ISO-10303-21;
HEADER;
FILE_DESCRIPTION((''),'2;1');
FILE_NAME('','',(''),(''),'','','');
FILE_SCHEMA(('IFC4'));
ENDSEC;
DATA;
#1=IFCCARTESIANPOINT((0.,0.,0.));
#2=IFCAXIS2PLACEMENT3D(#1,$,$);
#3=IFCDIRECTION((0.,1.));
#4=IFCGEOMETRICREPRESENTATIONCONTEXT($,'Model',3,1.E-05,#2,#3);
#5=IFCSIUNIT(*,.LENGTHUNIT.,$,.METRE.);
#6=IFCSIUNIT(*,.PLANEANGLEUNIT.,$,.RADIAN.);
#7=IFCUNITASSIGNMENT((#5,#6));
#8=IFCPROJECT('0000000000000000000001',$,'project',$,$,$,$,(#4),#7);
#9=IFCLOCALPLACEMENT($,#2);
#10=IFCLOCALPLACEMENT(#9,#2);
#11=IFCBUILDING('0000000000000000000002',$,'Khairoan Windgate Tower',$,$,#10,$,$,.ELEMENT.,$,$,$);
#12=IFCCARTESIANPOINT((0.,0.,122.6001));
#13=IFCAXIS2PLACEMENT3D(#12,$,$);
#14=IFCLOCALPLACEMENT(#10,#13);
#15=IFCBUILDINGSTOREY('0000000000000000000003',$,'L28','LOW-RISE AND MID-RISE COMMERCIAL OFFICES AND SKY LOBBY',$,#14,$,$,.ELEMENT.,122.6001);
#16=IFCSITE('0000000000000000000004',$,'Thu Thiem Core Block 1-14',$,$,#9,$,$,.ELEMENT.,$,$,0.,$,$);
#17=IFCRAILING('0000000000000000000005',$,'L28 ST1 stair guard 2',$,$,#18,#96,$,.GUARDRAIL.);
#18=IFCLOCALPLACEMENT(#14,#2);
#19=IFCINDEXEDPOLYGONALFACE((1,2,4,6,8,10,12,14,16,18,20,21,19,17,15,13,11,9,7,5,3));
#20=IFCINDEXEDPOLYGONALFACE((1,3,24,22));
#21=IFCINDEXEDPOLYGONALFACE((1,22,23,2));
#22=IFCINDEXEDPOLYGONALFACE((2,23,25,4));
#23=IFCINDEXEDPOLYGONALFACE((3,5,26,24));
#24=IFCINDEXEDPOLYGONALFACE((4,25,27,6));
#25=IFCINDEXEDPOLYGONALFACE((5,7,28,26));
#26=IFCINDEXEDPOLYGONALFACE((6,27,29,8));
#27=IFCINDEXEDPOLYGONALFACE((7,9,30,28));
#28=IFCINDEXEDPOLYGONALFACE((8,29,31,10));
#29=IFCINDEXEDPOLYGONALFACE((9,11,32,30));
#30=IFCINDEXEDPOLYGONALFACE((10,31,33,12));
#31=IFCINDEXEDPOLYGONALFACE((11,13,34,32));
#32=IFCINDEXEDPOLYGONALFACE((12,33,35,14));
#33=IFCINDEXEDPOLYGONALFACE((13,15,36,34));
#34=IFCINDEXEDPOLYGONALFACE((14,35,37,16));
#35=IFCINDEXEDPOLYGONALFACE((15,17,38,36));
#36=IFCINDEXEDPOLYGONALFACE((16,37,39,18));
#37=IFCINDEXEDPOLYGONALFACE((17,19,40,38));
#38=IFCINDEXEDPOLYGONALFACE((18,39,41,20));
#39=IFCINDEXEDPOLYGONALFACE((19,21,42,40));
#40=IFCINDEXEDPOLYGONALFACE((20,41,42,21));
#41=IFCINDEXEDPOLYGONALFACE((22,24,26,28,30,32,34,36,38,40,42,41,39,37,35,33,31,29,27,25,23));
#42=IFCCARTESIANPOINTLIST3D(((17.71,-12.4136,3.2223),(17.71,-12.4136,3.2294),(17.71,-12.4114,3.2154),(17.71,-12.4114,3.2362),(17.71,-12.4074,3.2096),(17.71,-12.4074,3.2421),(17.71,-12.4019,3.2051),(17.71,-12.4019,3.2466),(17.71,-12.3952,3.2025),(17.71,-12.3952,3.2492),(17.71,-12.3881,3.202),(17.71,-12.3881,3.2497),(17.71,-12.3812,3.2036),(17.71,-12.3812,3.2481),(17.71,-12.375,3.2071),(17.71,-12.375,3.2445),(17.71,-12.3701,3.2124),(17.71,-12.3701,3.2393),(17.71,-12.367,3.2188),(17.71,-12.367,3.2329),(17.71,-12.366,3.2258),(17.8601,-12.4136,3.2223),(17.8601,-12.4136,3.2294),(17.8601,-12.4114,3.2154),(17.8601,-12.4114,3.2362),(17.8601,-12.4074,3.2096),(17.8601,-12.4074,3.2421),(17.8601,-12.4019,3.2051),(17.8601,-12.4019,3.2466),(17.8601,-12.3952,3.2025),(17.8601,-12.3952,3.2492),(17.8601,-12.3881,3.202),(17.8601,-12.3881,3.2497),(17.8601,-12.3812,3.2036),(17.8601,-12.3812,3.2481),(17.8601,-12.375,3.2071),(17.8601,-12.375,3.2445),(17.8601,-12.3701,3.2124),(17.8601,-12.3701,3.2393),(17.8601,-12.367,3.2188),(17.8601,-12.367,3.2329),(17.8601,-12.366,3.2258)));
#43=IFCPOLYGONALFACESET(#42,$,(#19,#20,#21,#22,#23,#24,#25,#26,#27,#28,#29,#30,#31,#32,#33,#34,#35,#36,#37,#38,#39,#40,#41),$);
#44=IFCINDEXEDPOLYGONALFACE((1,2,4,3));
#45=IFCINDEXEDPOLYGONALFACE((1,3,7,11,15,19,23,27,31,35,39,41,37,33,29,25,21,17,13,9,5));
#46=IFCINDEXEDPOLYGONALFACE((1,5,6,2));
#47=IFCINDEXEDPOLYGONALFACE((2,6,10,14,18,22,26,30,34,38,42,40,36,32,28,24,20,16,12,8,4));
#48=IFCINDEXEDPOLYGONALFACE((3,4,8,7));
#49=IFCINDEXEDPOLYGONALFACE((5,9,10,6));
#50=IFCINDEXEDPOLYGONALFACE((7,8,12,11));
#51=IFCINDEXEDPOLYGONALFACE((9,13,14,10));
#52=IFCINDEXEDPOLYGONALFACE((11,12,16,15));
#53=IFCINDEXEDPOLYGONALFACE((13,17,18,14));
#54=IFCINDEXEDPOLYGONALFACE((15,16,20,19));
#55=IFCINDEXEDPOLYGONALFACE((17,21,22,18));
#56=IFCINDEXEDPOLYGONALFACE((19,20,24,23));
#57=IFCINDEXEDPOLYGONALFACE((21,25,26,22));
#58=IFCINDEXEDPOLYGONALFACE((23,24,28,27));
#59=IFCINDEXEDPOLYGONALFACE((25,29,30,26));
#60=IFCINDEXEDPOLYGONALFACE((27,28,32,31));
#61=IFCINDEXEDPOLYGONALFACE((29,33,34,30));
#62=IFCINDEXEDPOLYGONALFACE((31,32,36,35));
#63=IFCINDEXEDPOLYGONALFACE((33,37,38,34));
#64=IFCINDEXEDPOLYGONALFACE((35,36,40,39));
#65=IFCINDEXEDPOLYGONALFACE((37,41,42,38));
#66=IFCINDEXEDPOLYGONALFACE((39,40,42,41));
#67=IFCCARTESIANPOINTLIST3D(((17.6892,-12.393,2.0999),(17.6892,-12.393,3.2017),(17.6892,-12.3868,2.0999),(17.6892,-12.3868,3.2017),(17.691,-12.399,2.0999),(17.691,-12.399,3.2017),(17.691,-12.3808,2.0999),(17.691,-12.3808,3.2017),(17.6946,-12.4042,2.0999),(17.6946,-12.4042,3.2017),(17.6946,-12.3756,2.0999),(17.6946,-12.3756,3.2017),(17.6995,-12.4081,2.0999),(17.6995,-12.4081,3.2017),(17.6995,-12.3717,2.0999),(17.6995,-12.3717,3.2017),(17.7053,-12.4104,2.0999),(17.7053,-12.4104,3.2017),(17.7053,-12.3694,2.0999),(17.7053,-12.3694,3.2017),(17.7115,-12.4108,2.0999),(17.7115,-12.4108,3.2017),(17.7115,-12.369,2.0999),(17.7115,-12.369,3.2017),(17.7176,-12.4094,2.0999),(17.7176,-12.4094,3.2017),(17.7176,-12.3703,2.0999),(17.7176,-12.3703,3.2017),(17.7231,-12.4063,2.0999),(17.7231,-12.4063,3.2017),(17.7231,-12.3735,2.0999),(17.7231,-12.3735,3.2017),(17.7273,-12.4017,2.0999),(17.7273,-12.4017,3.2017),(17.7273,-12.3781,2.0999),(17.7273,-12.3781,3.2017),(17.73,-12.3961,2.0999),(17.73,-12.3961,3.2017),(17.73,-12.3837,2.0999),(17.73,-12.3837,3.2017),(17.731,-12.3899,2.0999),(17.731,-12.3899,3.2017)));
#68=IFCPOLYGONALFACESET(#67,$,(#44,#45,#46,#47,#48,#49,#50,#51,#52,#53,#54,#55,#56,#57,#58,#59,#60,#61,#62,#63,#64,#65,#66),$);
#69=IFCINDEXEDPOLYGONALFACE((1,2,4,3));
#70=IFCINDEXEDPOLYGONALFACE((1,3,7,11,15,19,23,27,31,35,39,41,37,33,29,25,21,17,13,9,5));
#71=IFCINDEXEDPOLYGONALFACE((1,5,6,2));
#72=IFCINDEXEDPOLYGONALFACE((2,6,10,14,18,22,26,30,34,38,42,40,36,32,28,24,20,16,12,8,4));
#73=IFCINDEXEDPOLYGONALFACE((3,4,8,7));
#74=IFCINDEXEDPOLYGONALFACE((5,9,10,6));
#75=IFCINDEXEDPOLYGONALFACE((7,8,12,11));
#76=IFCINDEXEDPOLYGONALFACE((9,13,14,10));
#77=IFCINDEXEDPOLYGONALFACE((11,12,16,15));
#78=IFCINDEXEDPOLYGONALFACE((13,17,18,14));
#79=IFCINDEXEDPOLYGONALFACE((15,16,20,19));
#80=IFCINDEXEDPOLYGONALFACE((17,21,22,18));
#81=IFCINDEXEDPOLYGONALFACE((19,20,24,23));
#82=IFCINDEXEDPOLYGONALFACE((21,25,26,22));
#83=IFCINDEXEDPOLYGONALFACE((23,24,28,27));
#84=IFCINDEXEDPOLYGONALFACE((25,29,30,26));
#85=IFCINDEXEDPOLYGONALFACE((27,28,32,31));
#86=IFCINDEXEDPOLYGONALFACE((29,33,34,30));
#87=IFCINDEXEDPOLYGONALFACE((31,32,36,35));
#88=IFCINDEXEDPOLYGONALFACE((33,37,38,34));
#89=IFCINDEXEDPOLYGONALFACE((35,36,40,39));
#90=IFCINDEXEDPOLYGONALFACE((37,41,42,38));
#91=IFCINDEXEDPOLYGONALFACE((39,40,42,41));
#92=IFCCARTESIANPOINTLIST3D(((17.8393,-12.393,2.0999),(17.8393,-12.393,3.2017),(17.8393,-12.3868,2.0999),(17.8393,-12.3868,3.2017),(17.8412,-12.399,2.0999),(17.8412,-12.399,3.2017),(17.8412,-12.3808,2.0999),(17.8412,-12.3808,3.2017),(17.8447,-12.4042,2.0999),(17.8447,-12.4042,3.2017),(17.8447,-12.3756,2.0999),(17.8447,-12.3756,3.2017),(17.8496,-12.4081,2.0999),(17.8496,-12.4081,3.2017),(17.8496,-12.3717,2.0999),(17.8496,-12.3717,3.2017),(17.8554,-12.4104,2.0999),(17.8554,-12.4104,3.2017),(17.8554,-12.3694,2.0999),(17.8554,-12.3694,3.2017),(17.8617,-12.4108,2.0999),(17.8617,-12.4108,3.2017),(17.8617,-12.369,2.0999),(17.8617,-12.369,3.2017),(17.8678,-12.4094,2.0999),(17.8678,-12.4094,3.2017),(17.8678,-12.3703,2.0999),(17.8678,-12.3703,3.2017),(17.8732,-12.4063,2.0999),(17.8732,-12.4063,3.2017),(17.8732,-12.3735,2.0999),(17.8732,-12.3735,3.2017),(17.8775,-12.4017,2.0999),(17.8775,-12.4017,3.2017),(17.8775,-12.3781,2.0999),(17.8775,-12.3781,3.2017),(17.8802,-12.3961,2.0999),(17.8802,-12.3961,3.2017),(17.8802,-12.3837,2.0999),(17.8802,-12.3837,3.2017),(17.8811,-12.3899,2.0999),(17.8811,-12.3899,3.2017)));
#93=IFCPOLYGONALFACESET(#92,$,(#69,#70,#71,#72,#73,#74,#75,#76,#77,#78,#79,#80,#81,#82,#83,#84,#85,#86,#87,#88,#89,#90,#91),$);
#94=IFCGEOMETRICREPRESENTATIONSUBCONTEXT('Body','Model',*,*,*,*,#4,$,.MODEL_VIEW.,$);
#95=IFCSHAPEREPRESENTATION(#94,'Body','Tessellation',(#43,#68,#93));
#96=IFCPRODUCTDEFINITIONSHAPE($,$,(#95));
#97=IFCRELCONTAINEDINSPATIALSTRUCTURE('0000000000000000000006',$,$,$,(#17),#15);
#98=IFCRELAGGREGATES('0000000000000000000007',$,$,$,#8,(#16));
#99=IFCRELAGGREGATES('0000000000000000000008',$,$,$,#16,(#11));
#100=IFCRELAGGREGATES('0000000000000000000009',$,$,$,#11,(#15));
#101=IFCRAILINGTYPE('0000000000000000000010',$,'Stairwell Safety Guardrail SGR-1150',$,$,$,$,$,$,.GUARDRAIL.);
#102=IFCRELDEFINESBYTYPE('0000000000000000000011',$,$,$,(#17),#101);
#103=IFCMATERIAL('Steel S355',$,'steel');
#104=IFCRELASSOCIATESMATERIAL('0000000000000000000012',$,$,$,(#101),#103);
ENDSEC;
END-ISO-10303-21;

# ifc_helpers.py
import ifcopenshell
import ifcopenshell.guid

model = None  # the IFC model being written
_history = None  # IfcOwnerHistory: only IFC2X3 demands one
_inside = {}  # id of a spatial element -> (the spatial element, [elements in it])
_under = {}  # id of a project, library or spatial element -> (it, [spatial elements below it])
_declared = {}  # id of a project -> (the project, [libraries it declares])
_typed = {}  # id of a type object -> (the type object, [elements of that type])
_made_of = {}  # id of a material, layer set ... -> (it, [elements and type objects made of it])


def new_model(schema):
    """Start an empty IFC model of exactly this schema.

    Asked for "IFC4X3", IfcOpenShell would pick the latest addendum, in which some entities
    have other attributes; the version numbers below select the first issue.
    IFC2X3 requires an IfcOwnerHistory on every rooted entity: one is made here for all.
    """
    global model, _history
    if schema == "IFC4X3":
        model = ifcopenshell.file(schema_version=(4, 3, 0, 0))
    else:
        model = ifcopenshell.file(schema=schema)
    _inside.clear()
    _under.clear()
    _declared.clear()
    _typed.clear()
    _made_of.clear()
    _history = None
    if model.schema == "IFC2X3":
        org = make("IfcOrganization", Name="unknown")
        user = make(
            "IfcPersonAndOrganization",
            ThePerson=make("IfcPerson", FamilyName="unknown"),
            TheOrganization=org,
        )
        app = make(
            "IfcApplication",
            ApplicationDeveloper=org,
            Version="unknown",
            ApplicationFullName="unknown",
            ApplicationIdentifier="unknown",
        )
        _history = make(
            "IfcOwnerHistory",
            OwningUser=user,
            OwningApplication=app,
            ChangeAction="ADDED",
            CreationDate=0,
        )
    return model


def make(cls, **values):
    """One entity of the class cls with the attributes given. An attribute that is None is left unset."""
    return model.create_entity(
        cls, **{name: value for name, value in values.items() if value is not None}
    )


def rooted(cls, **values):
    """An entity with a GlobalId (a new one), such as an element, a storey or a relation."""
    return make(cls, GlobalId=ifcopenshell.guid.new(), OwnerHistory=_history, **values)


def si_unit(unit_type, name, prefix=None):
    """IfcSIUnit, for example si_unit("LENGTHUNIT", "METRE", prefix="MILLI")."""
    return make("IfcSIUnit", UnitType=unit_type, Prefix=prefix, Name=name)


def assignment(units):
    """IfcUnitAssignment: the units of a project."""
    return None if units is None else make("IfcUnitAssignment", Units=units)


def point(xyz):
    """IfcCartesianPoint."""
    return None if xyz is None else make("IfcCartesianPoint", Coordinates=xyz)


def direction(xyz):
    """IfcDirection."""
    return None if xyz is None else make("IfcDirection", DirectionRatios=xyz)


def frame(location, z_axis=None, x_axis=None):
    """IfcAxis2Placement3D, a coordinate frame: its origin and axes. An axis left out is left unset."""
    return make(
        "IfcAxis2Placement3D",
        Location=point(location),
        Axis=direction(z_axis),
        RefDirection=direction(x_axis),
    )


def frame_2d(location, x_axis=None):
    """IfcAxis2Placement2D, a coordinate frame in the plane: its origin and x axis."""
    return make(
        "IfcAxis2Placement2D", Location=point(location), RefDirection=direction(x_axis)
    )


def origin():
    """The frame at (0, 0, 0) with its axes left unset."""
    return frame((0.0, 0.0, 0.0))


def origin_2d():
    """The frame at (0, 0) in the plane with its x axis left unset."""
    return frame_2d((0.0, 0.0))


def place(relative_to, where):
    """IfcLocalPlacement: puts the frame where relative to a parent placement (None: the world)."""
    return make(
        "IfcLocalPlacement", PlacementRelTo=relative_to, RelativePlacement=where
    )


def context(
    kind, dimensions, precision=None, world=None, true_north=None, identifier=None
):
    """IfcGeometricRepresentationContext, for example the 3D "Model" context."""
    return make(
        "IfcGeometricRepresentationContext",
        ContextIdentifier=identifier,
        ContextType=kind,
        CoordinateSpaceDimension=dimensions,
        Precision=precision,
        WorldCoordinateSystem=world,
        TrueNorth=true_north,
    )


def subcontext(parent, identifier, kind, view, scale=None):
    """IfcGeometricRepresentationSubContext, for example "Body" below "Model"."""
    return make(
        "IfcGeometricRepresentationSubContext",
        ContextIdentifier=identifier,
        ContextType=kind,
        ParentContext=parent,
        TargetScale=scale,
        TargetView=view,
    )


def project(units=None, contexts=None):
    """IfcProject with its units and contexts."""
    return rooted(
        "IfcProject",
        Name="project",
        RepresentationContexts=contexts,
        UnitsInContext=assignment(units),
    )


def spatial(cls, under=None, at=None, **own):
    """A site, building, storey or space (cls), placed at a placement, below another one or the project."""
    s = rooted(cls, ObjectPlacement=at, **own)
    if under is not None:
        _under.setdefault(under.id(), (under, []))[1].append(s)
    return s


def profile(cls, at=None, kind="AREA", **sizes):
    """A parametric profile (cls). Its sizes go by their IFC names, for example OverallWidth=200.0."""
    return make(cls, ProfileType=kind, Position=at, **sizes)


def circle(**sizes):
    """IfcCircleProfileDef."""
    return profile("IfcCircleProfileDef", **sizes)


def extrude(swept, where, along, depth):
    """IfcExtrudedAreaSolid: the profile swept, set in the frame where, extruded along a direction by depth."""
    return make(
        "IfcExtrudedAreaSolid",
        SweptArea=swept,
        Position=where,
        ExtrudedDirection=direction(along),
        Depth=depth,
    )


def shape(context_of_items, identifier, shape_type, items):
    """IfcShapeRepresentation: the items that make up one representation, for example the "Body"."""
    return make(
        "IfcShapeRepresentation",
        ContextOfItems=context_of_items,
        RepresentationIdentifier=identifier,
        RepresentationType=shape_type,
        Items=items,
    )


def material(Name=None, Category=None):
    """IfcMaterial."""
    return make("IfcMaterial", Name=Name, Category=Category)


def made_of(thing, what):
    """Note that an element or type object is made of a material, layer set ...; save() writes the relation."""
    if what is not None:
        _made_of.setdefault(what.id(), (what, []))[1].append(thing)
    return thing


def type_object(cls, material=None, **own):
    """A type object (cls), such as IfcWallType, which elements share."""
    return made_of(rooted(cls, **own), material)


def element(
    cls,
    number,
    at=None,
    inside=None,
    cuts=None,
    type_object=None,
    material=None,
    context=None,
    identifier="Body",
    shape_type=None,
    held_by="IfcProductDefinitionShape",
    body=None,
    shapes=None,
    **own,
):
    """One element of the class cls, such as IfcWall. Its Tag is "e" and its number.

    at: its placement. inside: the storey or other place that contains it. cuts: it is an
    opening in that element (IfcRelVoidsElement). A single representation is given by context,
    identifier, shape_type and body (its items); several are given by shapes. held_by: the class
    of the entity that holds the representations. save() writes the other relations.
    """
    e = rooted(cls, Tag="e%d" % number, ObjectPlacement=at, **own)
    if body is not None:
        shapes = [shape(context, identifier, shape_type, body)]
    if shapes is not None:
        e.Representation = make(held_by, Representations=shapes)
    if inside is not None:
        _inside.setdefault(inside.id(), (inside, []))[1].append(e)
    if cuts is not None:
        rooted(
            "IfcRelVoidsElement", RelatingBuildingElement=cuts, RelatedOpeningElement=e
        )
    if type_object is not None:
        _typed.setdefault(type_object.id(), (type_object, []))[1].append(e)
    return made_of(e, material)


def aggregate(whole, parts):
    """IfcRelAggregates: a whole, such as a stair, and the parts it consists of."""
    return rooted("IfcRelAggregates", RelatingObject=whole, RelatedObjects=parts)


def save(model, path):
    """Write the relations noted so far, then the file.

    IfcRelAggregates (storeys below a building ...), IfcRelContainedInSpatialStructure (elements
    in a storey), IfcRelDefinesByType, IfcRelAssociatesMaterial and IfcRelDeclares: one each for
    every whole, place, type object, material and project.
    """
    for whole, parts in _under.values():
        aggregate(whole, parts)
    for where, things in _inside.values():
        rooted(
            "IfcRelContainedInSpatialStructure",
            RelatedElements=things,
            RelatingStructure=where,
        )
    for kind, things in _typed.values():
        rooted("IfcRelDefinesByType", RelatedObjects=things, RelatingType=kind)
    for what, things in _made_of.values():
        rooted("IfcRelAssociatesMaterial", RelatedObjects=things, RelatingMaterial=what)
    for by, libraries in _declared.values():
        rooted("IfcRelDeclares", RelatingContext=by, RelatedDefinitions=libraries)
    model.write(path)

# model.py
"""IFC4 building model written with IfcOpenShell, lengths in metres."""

from ifc_helpers import new_model, si_unit, direction, frame, origin, origin_2d, place, context, subcontext, project, spatial, circle, extrude, material, type_object, element, save


model = new_model("IFC4")

# Units and contexts
model_context = context("Model", 3, precision=1e-05, world=origin(), true_north=direction((0.0, 1.0)))
body_context = subcontext(model_context, "Body", "Model", "MODEL_VIEW")
ifc_project = project(units=[si_unit("LENGTHUNIT", "METRE"), si_unit("PLANEANGLEUNIT", "RADIAN")], contexts=[model_context])

# Site, building, storey
site_placement = place(None, origin())
site = spatial("IfcSite", under=ifc_project, at=site_placement, Name="Thu Thiem Core Block 1-14", CompositionType="ELEMENT", RefElevation=0.0)
building_placement = place(site_placement, origin())
building = spatial("IfcBuilding", under=site, at=building_placement, Name="Khairoan Windgate Tower", CompositionType="ELEMENT")
storey_placement = place(building_placement, frame((0.0, 0.0, 122.6001)))
storey = spatial("IfcBuildingStorey", under=building, at=storey_placement, Name="L28", Description="LOW-RISE AND MID-RISE COMMERCIAL OFFICES AND SKY LOBBY", CompositionType="ELEMENT", Elevation=122.6001)

# Railing
ifc_material_1 = material(Name="Steel S355", Category="steel")
railing_type_1 = type_object("IfcRailingType", Name="Stairwell Safety Guardrail SGR-1150", PredefinedType="GUARDRAIL", material=ifc_material_1)
railing_1_placement = place(storey_placement, frame((17.71, -12.3899, 2.0999)))
element("IfcRailing", 1, at=railing_1_placement, inside=storey, type_object=railing_type_1, Name="L28 ST1 stair guard 2", PredefinedType="GUARDRAIL", context=body_context, shape_type="SweptSolid", body=[
    extrude(circle(Radius=0.0239, at=origin_2d()), frame((0.0, 0.0, 1.126), z_axis=(1.0, 0.0, 0.0), x_axis=(0.0, 1.0, 0.0)), (0.0, 0.0, 1.0), 0.1501),
    extrude(circle(Radius=0.021, at=origin_2d()), origin(), (0.0, 0.0, 1.0), 1.1018),
    extrude(circle(Radius=0.021, at=origin_2d()), frame((0.1501, 0.0, 0.0)), (0.0, 0.0, 1.0), 1.1018),
])

save(model, "model.ifc")
